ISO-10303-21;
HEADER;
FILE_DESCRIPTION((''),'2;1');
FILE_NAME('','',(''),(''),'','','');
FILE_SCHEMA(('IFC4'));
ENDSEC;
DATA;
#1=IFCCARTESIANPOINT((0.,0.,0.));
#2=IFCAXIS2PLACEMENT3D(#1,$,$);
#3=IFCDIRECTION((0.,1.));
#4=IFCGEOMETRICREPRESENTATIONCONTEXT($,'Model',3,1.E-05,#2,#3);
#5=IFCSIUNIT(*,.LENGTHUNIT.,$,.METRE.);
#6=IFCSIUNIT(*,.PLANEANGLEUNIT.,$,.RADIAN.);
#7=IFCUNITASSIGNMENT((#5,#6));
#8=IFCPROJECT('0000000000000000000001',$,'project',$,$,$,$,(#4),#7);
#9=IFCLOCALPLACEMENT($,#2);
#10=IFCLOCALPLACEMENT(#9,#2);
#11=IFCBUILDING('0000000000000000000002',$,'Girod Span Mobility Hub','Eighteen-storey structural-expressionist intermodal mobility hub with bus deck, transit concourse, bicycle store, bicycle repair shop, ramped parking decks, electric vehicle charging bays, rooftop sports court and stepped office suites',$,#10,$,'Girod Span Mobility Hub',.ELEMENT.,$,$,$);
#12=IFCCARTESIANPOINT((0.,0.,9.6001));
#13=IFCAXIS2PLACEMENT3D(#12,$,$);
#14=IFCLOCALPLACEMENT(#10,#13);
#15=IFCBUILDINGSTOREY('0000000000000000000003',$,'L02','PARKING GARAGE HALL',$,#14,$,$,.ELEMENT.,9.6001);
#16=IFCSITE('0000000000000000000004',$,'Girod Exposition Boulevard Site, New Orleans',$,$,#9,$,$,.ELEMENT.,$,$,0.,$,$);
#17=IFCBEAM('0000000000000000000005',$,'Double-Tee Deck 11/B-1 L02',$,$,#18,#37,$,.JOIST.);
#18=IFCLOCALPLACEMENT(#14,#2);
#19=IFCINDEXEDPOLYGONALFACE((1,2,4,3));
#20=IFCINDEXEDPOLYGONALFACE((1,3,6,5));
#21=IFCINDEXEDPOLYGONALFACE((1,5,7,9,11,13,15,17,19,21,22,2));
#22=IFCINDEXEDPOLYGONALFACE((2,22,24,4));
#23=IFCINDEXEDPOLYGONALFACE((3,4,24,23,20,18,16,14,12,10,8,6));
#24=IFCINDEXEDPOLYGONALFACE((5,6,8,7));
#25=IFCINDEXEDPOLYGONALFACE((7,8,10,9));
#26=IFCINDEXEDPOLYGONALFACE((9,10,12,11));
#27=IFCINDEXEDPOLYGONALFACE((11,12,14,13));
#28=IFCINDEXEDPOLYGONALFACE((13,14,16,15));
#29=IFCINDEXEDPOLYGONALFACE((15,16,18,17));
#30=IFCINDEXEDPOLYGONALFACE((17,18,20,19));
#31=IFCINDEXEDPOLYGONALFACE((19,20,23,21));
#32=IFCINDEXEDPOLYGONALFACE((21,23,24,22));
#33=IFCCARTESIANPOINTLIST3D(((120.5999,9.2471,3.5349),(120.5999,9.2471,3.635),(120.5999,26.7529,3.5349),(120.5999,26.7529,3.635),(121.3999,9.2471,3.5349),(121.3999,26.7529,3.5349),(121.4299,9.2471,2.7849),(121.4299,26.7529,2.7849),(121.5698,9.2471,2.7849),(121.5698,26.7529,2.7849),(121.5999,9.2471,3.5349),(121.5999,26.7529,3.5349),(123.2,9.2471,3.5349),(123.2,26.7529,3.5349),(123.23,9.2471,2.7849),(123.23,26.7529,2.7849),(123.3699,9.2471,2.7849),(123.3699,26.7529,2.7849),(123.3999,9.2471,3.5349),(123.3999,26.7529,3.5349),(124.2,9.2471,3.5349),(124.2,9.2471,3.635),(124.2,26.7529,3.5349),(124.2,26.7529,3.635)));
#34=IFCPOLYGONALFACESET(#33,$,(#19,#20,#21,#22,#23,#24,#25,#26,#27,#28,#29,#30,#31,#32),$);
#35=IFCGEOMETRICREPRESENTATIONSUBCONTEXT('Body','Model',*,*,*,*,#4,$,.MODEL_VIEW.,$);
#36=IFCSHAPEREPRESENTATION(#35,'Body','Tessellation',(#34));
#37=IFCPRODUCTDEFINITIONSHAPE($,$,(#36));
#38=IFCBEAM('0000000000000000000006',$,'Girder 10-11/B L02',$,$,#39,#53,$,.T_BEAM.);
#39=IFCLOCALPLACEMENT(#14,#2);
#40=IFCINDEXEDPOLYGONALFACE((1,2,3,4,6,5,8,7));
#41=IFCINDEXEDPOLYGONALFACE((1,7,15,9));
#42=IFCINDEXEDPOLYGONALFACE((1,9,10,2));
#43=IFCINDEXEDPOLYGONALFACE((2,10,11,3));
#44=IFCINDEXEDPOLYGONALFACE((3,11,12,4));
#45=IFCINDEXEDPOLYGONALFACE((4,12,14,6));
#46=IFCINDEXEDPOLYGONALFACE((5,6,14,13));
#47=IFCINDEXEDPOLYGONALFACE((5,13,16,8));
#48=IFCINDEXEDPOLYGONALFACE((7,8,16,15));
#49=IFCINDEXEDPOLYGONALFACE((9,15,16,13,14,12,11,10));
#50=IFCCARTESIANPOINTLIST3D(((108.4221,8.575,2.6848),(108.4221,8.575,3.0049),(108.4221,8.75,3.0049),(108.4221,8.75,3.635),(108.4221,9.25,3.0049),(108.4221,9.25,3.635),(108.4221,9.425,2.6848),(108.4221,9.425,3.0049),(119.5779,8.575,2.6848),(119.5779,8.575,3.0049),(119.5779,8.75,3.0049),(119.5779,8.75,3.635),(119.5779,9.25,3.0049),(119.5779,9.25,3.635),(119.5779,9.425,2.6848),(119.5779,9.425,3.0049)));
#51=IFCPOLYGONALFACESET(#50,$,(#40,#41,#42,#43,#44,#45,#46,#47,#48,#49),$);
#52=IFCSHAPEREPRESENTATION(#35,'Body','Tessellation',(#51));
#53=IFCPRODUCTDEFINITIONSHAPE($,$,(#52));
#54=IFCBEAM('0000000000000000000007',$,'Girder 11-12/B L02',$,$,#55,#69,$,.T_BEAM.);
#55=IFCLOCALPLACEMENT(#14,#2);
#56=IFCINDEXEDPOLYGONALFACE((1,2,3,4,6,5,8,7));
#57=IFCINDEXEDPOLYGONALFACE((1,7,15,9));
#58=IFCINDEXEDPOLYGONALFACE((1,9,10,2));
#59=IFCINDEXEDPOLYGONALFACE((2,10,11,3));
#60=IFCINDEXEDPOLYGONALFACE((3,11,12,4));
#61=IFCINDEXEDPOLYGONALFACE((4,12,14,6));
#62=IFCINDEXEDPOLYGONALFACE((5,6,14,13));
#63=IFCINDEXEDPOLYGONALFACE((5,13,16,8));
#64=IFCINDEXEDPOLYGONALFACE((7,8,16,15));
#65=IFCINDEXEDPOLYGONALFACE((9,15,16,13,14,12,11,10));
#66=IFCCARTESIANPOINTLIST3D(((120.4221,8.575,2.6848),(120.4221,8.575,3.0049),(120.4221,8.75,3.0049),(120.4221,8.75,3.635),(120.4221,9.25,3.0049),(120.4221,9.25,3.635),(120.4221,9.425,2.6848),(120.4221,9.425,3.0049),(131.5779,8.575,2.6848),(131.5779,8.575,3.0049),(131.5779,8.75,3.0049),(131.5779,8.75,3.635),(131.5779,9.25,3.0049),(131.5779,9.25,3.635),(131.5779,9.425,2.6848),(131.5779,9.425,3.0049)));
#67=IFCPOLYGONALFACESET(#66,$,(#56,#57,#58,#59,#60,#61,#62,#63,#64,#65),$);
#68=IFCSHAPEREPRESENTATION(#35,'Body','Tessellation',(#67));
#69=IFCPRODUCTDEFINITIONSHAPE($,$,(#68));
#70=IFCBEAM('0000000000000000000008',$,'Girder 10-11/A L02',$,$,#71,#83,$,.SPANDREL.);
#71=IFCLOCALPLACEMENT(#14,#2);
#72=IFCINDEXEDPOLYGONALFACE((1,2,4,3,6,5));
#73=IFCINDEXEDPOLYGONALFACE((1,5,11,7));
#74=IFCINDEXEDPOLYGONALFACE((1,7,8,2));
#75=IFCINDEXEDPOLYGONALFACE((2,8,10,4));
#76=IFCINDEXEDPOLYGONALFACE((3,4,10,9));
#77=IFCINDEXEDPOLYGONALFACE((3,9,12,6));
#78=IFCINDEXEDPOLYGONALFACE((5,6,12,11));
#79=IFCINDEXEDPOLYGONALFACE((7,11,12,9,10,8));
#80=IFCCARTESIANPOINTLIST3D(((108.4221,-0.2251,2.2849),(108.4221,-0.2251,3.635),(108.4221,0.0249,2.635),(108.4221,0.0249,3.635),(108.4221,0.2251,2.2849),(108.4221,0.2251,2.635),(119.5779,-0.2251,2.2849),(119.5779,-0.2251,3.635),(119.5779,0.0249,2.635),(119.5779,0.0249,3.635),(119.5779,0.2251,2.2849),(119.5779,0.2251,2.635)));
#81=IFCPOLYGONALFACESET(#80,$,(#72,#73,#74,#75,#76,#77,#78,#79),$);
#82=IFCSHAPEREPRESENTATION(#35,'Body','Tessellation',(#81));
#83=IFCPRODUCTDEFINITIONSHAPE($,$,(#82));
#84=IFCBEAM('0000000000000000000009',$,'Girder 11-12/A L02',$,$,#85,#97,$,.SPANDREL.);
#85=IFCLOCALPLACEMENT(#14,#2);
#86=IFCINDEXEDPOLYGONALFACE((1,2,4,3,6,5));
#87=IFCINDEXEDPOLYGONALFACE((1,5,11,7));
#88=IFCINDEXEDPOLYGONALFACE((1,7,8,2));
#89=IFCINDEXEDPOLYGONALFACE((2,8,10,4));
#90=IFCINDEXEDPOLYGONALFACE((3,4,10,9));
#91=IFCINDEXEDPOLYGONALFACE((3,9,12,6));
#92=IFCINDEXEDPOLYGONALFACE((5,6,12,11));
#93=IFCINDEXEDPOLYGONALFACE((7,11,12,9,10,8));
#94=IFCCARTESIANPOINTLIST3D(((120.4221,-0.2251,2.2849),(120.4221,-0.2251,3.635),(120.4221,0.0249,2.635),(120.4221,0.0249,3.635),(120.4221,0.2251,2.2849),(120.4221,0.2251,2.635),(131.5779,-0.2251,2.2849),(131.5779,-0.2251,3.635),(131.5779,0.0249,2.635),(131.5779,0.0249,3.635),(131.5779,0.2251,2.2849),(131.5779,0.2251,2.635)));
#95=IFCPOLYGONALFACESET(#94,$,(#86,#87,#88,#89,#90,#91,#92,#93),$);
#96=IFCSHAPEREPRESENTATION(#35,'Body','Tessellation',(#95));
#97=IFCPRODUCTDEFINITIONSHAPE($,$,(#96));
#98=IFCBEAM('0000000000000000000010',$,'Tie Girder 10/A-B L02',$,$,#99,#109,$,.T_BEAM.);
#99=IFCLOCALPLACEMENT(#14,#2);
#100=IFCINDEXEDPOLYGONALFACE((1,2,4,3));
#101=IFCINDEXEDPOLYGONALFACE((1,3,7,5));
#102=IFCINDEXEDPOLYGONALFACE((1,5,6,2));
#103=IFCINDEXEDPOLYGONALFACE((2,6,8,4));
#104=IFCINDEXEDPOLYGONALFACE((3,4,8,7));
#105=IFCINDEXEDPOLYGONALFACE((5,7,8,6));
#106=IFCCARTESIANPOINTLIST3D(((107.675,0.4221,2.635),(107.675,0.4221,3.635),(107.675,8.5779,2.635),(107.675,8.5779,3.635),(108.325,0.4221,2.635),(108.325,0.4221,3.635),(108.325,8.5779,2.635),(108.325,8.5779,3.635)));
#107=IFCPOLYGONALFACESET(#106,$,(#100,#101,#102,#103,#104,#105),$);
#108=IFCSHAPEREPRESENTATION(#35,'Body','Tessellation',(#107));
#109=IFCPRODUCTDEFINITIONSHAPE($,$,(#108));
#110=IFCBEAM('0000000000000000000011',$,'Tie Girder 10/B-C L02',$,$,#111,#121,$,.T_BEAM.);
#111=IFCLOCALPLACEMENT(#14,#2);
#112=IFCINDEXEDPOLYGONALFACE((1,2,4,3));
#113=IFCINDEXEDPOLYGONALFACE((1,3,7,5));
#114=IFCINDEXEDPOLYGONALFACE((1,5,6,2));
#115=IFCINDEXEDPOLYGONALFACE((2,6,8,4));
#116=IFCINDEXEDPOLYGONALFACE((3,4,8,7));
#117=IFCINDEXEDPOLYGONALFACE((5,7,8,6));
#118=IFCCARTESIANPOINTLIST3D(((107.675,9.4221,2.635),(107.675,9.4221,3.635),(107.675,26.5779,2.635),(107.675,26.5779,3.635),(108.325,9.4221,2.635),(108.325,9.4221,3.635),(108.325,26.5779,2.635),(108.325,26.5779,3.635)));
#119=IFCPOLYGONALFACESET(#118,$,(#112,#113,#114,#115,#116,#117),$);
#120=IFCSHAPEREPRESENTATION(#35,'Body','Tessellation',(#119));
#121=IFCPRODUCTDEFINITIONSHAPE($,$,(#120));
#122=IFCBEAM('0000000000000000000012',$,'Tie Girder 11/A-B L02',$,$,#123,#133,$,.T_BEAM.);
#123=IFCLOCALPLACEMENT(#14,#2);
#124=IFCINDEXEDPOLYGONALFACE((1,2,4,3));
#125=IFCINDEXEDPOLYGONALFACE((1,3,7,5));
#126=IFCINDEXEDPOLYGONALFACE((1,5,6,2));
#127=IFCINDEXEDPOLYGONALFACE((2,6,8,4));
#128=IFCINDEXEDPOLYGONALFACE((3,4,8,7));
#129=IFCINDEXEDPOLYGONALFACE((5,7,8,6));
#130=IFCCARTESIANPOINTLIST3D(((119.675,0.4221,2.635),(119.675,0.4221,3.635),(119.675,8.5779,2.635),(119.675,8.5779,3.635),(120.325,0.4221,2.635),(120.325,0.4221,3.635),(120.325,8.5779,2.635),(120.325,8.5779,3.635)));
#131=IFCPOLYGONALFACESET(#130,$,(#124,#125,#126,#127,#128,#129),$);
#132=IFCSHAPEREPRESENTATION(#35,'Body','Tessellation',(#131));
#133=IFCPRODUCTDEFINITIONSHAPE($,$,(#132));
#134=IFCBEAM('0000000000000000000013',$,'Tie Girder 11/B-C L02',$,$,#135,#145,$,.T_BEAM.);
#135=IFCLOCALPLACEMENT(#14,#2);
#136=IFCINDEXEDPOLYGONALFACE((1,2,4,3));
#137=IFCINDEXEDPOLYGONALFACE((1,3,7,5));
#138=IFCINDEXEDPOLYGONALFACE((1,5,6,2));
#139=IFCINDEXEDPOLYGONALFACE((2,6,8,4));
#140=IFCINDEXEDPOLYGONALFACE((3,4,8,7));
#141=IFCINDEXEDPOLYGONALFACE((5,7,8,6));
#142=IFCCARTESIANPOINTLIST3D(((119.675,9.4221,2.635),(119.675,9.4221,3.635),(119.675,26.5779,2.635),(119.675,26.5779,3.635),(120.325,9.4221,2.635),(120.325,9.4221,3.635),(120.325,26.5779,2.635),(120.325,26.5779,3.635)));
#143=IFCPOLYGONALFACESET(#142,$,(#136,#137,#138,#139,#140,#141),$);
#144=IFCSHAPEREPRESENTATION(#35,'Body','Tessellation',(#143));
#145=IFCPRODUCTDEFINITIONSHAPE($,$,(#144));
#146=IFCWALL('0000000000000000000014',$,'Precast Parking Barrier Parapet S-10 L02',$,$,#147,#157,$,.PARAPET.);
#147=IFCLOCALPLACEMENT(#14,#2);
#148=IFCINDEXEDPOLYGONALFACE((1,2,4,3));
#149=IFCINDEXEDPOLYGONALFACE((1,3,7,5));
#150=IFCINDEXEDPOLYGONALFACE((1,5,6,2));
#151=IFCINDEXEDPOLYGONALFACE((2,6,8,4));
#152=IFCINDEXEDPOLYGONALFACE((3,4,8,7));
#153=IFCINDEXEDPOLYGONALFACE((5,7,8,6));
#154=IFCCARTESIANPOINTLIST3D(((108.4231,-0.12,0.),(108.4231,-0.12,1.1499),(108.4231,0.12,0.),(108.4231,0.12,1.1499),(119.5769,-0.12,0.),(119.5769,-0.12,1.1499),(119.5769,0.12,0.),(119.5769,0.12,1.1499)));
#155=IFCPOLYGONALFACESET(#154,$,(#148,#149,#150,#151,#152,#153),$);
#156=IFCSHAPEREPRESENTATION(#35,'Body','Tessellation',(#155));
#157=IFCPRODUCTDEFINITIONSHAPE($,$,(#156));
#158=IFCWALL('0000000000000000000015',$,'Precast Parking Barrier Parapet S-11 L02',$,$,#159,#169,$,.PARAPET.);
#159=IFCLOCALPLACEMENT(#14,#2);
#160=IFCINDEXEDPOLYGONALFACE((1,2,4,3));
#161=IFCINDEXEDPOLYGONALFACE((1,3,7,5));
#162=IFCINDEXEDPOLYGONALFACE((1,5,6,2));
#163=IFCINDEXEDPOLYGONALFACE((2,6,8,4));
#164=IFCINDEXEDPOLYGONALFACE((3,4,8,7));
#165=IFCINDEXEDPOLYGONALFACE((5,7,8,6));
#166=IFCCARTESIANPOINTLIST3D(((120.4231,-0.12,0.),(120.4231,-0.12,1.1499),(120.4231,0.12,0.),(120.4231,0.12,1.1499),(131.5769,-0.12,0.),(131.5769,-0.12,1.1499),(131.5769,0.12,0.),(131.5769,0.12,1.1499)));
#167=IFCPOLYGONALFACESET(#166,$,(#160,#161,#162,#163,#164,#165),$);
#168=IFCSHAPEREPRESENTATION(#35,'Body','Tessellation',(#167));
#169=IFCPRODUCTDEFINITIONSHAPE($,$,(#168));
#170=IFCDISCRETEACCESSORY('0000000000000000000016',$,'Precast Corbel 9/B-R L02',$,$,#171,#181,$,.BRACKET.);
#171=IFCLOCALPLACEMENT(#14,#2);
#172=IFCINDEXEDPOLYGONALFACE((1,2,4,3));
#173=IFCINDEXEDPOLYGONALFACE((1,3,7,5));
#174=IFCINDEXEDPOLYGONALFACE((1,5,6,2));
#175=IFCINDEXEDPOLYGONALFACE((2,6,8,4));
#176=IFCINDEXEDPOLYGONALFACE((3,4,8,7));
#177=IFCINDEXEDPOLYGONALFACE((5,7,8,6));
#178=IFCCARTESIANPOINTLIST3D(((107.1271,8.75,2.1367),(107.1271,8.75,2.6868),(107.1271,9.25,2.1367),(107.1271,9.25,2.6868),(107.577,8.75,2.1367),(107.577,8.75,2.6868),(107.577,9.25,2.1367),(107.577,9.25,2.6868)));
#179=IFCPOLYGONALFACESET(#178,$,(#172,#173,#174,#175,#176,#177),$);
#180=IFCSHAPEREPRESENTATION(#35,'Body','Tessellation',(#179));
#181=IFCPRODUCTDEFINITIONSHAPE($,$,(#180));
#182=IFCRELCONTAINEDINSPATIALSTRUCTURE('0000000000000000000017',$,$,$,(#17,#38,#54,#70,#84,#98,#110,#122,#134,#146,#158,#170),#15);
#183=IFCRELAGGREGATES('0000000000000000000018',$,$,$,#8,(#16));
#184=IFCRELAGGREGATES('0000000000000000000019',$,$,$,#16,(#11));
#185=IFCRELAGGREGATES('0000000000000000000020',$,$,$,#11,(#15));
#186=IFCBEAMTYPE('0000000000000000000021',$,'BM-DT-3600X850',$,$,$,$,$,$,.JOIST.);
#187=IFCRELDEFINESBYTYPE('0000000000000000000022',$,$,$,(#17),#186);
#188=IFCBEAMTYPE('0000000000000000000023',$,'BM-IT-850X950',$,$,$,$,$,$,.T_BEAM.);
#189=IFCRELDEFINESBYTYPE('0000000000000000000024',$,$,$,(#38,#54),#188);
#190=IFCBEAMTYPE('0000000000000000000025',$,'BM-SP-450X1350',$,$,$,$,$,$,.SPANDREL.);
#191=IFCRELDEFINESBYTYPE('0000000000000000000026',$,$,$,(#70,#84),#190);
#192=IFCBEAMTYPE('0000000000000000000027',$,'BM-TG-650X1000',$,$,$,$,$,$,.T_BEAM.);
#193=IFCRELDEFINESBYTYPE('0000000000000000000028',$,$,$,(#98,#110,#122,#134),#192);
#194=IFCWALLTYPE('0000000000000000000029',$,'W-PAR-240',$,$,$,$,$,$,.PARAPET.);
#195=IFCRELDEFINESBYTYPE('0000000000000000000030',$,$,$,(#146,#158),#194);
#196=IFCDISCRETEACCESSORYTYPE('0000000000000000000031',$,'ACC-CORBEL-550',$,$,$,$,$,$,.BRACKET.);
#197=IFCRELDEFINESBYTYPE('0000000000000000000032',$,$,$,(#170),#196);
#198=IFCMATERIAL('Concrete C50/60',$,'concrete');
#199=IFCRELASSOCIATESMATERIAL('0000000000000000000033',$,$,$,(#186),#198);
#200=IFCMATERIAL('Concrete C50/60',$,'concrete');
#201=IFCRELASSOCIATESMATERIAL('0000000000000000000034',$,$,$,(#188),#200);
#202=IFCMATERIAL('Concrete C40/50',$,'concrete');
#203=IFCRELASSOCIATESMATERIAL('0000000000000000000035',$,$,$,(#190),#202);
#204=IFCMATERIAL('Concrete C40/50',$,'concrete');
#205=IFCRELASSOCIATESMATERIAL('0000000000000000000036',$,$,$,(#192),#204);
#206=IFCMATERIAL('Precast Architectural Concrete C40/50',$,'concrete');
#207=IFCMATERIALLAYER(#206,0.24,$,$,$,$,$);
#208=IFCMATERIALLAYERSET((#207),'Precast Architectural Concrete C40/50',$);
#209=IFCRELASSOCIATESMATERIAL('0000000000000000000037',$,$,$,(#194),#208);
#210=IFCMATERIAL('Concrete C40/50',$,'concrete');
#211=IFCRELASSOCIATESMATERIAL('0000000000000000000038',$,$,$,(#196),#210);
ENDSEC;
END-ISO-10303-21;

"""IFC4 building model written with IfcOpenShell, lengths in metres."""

from ifc_helpers import new_model, si_unit, direction, frame, frame_2d, origin, origin_2d, place, context, subcontext, project, spatial, polyline, rectangle, outline, extrude, material, layer, layer_set, material_profile, profile_set, type_object, element, save


model = new_model("IFC4")

# Units and contexts
model_context = context("Model", 3, precision=1e-05, world=origin(), true_north=direction((0.0, 1.0)))
body_context = subcontext(model_context, "Body", "Model", "MODEL_VIEW")
ifc_project = project(units=[si_unit("LENGTHUNIT", "METRE"), si_unit("PLANEANGLEUNIT", "RADIAN")], contexts=[model_context])

# Site, building, storey
site_placement = place(None, origin())
site = spatial("IfcSite", under=ifc_project, at=site_placement, Name="Girod Exposition Boulevard Site, New Orleans", CompositionType="ELEMENT", RefElevation=0.0)
building_placement = place(site_placement, origin())
building = spatial("IfcBuilding", under=site, at=building_placement, Name="Girod Span Mobility Hub", Description="Eighteen-storey structural-expressionist intermodal mobility hub with bus deck, transit concourse, bicycle store, bicycle repair shop, ramped parking decks, electric vehicle charging bays, rooftop sports court and stepped office suites", LongName="Girod Span Mobility Hub", CompositionType="ELEMENT")
storey_placement = place(building_placement, frame((0.0, 0.0, 9.6001)))
storey = spatial("IfcBuildingStorey", under=building, at=storey_placement, Name="L02", Description="PARKING GARAGE HALL", CompositionType="ELEMENT", Elevation=9.6001)

# Beams
ifc_material_1 = material(Name="Concrete C50/60", Category="concrete")
ifc_material_profile_1 = material_profile(ifc_material_1, outline(polyline([(-1.8, 0.425), (-1.8, 0.325), (-1.0, 0.325), (-0.97, -0.425), (-0.8301, -0.425), (-0.8, 0.325), (0.8, 0.325), (0.8301, -0.425), (0.97, -0.425), (1.0, 0.325), (1.8, 0.325), (1.8, 0.425), (-1.8, 0.425)])), Name="DT-3600X850")
ifc_profile_set_1 = profile_set([ifc_material_profile_1], Name="Concrete C50/60")
beam_type_1 = type_object("IfcBeamType", Name="BM-DT-3600X850", PredefinedType="JOIST", material=ifc_profile_set_1)
for number, where, z_axis, x_axis, name in (
    (1, (122.3999, 9.2471, 3.21), (0.0, 1.0, 0.0), (-1.0, 0.0, 0.0), "Double-Tee Deck 11/B-1 L02"),
):
    element("IfcBeam", number, at=place(storey_placement, frame(where, z_axis=z_axis, x_axis=x_axis)), inside=storey, type_object=beam_type_1, Name=name, PredefinedType="JOIST", context=body_context, shape_type="SweptSolid", body=[
        extrude(outline(polyline([(-1.8, 0.425), (-1.8, 0.325), (-1.0, 0.325), (-0.97, -0.425), (-0.8301, -0.425), (-0.8, 0.325), (0.8, 0.325), (0.8301, -0.425), (0.97, -0.425), (1.0, 0.325), (1.8, 0.325), (1.8, 0.425), (-1.8, 0.425)])), origin(), (0.0, 0.0, 1.0), 17.5059),
    ])
ifc_material_2 = material(Name="Concrete C50/60", Category="concrete")
ifc_material_profile_2 = material_profile(ifc_material_2, outline(polyline([(-0.425, -0.4751), (0.425, -0.4751), (0.425, -0.155), (0.25, -0.155), (0.25, 0.4751), (-0.25, 0.4751), (-0.25, -0.155), (-0.425, -0.155), (-0.425, -0.4751)])), Name="IT-850X950")
ifc_profile_set_2 = profile_set([ifc_material_profile_2], Name="Concrete C50/60")
beam_type_2 = type_object("IfcBeamType", Name="BM-IT-850X950", PredefinedType="T_BEAM", material=ifc_profile_set_2)
for number, where, z_axis, x_axis, name in (
    (2, (108.4221, 9.0, 3.1599), (1.0, 0.0, 0.0), (0.0, 1.0, 0.0), "Girder 10-11/B L02"),
    (3, (120.4221, 9.0, 3.1599), (1.0, 0.0, 0.0), (0.0, 1.0, 0.0), "Girder 11-12/B L02"),
):
    element("IfcBeam", number, at=place(storey_placement, frame(where, z_axis=z_axis, x_axis=x_axis)), inside=storey, type_object=beam_type_2, Name=name, PredefinedType="T_BEAM", context=body_context, shape_type="SweptSolid", body=[
        extrude(outline(polyline([(-0.425, -0.4751), (0.425, -0.4751), (0.425, -0.155), (0.25, -0.155), (0.25, 0.4751), (-0.25, 0.4751), (-0.25, -0.155), (-0.425, -0.155), (-0.425, -0.4751)])), origin(), (0.0, 0.0, 1.0), 11.1558),
    ])
ifc_material_3 = material(Name="Concrete C40/50", Category="concrete")
ifc_material_profile_3 = material_profile(ifc_material_3, outline(polyline([(-0.2251, -0.675), (0.2251, -0.675), (0.2251, -0.325), (0.0249, -0.325), (0.0249, 0.675), (-0.2251, 0.675), (-0.2251, -0.675)])), Name="SP-450X1350")
ifc_profile_set_3 = profile_set([ifc_material_profile_3], Name="Concrete C40/50")
beam_type_3 = type_object("IfcBeamType", Name="BM-SP-450X1350", PredefinedType="SPANDREL", material=ifc_profile_set_3)
for number, where, z_axis, x_axis, name in (
    (4, (108.4221, 0.0, 2.96), (1.0, 0.0, 0.0), (0.0, 1.0, 0.0), "Girder 10-11/A L02"),
    (5, (120.4221, 0.0, 2.96), (1.0, 0.0, 0.0), (0.0, 1.0, 0.0), "Girder 11-12/A L02"),
):
    element("IfcBeam", number, at=place(storey_placement, frame(where, z_axis=z_axis, x_axis=x_axis)), inside=storey, type_object=beam_type_3, Name=name, PredefinedType="SPANDREL", context=body_context, shape_type="SweptSolid", body=[
        extrude(outline(polyline([(-0.2251, -0.675), (0.2251, -0.675), (0.2251, -0.325), (0.0249, -0.325), (0.0249, 0.675), (-0.2251, 0.675), (-0.2251, -0.675)])), origin(), (0.0, 0.0, 1.0), 11.1558),
    ])
ifc_material_4 = material(Name="Concrete C40/50", Category="concrete")
ifc_material_profile_4 = material_profile(ifc_material_4, rectangle(XDim=0.6499, YDim=1.0, at=origin_2d()), Name="TG-650X1000")
ifc_profile_set_4 = profile_set([ifc_material_profile_4], Name="Concrete C40/50")
beam_type_4 = type_object("IfcBeamType", Name="BM-TG-650X1000", PredefinedType="T_BEAM", material=ifc_profile_set_4)
beam_1_placement = place(storey_placement, frame((108.0, 0.4221, 3.135), z_axis=(0.0, 1.0, 0.0), x_axis=(-1.0, 0.0, 0.0)))
element("IfcBeam", 6, at=beam_1_placement, inside=storey, type_object=beam_type_4, Name="Tie Girder 10/A-B L02", PredefinedType="T_BEAM", context=body_context, shape_type="SweptSolid", body=[
    extrude(rectangle(XDim=0.6499, YDim=1.0, at=origin_2d()), origin(), (0.0, 0.0, 1.0), 8.1558),
])
beam_2_placement = place(storey_placement, frame((108.0, 9.4221, 3.135), z_axis=(0.0, 1.0, 0.0), x_axis=(-1.0, 0.0, 0.0)))
element("IfcBeam", 7, at=beam_2_placement, inside=storey, type_object=beam_type_4, Name="Tie Girder 10/B-C L02", PredefinedType="T_BEAM", context=body_context, shape_type="SweptSolid", body=[
    extrude(rectangle(XDim=0.6499, YDim=1.0, at=origin_2d()), origin(), (0.0, 0.0, 1.0), 17.1558),
])
beam_3_placement = place(storey_placement, frame((120.0, 0.4221, 3.135), z_axis=(0.0, 1.0, 0.0), x_axis=(-1.0, 0.0, 0.0)))
element("IfcBeam", 8, at=beam_3_placement, inside=storey, type_object=beam_type_4, Name="Tie Girder 11/A-B L02", PredefinedType="T_BEAM", context=body_context, shape_type="SweptSolid", body=[
    extrude(rectangle(XDim=0.6499, YDim=1.0, at=origin_2d()), origin(), (0.0, 0.0, 1.0), 8.1558),
])
beam_4_placement = place(storey_placement, frame((120.0, 9.4221, 3.135), z_axis=(0.0, 1.0, 0.0), x_axis=(-1.0, 0.0, 0.0)))
element("IfcBeam", 9, at=beam_4_placement, inside=storey, type_object=beam_type_4, Name="Tie Girder 11/B-C L02", PredefinedType="T_BEAM", context=body_context, shape_type="SweptSolid", body=[
    extrude(rectangle(XDim=0.6499, YDim=1.0, at=origin_2d()), origin(), (0.0, 0.0, 1.0), 17.1558),
])

# Walls
ifc_material_5 = material(Name="Precast Architectural Concrete C40/50", Category="concrete")
ifc_layer = layer(ifc_material_5, 0.24)
ifc_layer_set = layer_set([ifc_layer], Name="Precast Architectural Concrete C40/50")
wall_type = type_object("IfcWallType", Name="W-PAR-240", PredefinedType="PARAPET", material=ifc_layer_set)
for number, where, z_axis, x_axis, name in (
    (10, (108.4231, 0.0, 0.0), (0.0, 0.0, 1.0), (1.0, 0.0, 0.0), "Precast Parking Barrier Parapet S-10 L02"),
    (11, (120.4231, 0.0, 0.0), (0.0, 0.0, 1.0), (1.0, 0.0, 0.0), "Precast Parking Barrier Parapet S-11 L02"),
):
    element("IfcWall", number, at=place(storey_placement, frame(where, z_axis=z_axis, x_axis=x_axis)), inside=storey, type_object=wall_type, Name=name, PredefinedType="PARAPET", context=body_context, shape_type="SweptSolid", body=[
        extrude(rectangle(XDim=11.1538, YDim=0.24, at=frame_2d((5.5769, 0.0))), origin(), (0.0, 0.0, 1.0), 1.1499),
    ])

# Discrete accessory
ifc_material_6 = material(Name="Concrete C40/50", Category="concrete")
discrete_accessory_type = type_object("IfcDiscreteAccessoryType", Name="ACC-CORBEL-550", PredefinedType="BRACKET", material=ifc_material_6)
for number, where, z_axis, x_axis, name in (
    (12, (107.3521, 9.0, 2.1367), (0.0, 0.0, 1.0), (1.0, 0.0, 0.0), "Precast Corbel 9/B-R L02"),
):
    element("IfcDiscreteAccessory", number, at=place(storey_placement, frame(where, z_axis=z_axis, x_axis=x_axis)), inside=storey, type_object=discrete_accessory_type, Name=name, PredefinedType="BRACKET", context=body_context, shape_type="SweptSolid", body=[
        extrude(rectangle(XDim=0.45, YDim=0.5, at=origin_2d()), origin(), (0.0, 0.0, 1.0), 0.55),
    ])

save(model, "model.ifc")
